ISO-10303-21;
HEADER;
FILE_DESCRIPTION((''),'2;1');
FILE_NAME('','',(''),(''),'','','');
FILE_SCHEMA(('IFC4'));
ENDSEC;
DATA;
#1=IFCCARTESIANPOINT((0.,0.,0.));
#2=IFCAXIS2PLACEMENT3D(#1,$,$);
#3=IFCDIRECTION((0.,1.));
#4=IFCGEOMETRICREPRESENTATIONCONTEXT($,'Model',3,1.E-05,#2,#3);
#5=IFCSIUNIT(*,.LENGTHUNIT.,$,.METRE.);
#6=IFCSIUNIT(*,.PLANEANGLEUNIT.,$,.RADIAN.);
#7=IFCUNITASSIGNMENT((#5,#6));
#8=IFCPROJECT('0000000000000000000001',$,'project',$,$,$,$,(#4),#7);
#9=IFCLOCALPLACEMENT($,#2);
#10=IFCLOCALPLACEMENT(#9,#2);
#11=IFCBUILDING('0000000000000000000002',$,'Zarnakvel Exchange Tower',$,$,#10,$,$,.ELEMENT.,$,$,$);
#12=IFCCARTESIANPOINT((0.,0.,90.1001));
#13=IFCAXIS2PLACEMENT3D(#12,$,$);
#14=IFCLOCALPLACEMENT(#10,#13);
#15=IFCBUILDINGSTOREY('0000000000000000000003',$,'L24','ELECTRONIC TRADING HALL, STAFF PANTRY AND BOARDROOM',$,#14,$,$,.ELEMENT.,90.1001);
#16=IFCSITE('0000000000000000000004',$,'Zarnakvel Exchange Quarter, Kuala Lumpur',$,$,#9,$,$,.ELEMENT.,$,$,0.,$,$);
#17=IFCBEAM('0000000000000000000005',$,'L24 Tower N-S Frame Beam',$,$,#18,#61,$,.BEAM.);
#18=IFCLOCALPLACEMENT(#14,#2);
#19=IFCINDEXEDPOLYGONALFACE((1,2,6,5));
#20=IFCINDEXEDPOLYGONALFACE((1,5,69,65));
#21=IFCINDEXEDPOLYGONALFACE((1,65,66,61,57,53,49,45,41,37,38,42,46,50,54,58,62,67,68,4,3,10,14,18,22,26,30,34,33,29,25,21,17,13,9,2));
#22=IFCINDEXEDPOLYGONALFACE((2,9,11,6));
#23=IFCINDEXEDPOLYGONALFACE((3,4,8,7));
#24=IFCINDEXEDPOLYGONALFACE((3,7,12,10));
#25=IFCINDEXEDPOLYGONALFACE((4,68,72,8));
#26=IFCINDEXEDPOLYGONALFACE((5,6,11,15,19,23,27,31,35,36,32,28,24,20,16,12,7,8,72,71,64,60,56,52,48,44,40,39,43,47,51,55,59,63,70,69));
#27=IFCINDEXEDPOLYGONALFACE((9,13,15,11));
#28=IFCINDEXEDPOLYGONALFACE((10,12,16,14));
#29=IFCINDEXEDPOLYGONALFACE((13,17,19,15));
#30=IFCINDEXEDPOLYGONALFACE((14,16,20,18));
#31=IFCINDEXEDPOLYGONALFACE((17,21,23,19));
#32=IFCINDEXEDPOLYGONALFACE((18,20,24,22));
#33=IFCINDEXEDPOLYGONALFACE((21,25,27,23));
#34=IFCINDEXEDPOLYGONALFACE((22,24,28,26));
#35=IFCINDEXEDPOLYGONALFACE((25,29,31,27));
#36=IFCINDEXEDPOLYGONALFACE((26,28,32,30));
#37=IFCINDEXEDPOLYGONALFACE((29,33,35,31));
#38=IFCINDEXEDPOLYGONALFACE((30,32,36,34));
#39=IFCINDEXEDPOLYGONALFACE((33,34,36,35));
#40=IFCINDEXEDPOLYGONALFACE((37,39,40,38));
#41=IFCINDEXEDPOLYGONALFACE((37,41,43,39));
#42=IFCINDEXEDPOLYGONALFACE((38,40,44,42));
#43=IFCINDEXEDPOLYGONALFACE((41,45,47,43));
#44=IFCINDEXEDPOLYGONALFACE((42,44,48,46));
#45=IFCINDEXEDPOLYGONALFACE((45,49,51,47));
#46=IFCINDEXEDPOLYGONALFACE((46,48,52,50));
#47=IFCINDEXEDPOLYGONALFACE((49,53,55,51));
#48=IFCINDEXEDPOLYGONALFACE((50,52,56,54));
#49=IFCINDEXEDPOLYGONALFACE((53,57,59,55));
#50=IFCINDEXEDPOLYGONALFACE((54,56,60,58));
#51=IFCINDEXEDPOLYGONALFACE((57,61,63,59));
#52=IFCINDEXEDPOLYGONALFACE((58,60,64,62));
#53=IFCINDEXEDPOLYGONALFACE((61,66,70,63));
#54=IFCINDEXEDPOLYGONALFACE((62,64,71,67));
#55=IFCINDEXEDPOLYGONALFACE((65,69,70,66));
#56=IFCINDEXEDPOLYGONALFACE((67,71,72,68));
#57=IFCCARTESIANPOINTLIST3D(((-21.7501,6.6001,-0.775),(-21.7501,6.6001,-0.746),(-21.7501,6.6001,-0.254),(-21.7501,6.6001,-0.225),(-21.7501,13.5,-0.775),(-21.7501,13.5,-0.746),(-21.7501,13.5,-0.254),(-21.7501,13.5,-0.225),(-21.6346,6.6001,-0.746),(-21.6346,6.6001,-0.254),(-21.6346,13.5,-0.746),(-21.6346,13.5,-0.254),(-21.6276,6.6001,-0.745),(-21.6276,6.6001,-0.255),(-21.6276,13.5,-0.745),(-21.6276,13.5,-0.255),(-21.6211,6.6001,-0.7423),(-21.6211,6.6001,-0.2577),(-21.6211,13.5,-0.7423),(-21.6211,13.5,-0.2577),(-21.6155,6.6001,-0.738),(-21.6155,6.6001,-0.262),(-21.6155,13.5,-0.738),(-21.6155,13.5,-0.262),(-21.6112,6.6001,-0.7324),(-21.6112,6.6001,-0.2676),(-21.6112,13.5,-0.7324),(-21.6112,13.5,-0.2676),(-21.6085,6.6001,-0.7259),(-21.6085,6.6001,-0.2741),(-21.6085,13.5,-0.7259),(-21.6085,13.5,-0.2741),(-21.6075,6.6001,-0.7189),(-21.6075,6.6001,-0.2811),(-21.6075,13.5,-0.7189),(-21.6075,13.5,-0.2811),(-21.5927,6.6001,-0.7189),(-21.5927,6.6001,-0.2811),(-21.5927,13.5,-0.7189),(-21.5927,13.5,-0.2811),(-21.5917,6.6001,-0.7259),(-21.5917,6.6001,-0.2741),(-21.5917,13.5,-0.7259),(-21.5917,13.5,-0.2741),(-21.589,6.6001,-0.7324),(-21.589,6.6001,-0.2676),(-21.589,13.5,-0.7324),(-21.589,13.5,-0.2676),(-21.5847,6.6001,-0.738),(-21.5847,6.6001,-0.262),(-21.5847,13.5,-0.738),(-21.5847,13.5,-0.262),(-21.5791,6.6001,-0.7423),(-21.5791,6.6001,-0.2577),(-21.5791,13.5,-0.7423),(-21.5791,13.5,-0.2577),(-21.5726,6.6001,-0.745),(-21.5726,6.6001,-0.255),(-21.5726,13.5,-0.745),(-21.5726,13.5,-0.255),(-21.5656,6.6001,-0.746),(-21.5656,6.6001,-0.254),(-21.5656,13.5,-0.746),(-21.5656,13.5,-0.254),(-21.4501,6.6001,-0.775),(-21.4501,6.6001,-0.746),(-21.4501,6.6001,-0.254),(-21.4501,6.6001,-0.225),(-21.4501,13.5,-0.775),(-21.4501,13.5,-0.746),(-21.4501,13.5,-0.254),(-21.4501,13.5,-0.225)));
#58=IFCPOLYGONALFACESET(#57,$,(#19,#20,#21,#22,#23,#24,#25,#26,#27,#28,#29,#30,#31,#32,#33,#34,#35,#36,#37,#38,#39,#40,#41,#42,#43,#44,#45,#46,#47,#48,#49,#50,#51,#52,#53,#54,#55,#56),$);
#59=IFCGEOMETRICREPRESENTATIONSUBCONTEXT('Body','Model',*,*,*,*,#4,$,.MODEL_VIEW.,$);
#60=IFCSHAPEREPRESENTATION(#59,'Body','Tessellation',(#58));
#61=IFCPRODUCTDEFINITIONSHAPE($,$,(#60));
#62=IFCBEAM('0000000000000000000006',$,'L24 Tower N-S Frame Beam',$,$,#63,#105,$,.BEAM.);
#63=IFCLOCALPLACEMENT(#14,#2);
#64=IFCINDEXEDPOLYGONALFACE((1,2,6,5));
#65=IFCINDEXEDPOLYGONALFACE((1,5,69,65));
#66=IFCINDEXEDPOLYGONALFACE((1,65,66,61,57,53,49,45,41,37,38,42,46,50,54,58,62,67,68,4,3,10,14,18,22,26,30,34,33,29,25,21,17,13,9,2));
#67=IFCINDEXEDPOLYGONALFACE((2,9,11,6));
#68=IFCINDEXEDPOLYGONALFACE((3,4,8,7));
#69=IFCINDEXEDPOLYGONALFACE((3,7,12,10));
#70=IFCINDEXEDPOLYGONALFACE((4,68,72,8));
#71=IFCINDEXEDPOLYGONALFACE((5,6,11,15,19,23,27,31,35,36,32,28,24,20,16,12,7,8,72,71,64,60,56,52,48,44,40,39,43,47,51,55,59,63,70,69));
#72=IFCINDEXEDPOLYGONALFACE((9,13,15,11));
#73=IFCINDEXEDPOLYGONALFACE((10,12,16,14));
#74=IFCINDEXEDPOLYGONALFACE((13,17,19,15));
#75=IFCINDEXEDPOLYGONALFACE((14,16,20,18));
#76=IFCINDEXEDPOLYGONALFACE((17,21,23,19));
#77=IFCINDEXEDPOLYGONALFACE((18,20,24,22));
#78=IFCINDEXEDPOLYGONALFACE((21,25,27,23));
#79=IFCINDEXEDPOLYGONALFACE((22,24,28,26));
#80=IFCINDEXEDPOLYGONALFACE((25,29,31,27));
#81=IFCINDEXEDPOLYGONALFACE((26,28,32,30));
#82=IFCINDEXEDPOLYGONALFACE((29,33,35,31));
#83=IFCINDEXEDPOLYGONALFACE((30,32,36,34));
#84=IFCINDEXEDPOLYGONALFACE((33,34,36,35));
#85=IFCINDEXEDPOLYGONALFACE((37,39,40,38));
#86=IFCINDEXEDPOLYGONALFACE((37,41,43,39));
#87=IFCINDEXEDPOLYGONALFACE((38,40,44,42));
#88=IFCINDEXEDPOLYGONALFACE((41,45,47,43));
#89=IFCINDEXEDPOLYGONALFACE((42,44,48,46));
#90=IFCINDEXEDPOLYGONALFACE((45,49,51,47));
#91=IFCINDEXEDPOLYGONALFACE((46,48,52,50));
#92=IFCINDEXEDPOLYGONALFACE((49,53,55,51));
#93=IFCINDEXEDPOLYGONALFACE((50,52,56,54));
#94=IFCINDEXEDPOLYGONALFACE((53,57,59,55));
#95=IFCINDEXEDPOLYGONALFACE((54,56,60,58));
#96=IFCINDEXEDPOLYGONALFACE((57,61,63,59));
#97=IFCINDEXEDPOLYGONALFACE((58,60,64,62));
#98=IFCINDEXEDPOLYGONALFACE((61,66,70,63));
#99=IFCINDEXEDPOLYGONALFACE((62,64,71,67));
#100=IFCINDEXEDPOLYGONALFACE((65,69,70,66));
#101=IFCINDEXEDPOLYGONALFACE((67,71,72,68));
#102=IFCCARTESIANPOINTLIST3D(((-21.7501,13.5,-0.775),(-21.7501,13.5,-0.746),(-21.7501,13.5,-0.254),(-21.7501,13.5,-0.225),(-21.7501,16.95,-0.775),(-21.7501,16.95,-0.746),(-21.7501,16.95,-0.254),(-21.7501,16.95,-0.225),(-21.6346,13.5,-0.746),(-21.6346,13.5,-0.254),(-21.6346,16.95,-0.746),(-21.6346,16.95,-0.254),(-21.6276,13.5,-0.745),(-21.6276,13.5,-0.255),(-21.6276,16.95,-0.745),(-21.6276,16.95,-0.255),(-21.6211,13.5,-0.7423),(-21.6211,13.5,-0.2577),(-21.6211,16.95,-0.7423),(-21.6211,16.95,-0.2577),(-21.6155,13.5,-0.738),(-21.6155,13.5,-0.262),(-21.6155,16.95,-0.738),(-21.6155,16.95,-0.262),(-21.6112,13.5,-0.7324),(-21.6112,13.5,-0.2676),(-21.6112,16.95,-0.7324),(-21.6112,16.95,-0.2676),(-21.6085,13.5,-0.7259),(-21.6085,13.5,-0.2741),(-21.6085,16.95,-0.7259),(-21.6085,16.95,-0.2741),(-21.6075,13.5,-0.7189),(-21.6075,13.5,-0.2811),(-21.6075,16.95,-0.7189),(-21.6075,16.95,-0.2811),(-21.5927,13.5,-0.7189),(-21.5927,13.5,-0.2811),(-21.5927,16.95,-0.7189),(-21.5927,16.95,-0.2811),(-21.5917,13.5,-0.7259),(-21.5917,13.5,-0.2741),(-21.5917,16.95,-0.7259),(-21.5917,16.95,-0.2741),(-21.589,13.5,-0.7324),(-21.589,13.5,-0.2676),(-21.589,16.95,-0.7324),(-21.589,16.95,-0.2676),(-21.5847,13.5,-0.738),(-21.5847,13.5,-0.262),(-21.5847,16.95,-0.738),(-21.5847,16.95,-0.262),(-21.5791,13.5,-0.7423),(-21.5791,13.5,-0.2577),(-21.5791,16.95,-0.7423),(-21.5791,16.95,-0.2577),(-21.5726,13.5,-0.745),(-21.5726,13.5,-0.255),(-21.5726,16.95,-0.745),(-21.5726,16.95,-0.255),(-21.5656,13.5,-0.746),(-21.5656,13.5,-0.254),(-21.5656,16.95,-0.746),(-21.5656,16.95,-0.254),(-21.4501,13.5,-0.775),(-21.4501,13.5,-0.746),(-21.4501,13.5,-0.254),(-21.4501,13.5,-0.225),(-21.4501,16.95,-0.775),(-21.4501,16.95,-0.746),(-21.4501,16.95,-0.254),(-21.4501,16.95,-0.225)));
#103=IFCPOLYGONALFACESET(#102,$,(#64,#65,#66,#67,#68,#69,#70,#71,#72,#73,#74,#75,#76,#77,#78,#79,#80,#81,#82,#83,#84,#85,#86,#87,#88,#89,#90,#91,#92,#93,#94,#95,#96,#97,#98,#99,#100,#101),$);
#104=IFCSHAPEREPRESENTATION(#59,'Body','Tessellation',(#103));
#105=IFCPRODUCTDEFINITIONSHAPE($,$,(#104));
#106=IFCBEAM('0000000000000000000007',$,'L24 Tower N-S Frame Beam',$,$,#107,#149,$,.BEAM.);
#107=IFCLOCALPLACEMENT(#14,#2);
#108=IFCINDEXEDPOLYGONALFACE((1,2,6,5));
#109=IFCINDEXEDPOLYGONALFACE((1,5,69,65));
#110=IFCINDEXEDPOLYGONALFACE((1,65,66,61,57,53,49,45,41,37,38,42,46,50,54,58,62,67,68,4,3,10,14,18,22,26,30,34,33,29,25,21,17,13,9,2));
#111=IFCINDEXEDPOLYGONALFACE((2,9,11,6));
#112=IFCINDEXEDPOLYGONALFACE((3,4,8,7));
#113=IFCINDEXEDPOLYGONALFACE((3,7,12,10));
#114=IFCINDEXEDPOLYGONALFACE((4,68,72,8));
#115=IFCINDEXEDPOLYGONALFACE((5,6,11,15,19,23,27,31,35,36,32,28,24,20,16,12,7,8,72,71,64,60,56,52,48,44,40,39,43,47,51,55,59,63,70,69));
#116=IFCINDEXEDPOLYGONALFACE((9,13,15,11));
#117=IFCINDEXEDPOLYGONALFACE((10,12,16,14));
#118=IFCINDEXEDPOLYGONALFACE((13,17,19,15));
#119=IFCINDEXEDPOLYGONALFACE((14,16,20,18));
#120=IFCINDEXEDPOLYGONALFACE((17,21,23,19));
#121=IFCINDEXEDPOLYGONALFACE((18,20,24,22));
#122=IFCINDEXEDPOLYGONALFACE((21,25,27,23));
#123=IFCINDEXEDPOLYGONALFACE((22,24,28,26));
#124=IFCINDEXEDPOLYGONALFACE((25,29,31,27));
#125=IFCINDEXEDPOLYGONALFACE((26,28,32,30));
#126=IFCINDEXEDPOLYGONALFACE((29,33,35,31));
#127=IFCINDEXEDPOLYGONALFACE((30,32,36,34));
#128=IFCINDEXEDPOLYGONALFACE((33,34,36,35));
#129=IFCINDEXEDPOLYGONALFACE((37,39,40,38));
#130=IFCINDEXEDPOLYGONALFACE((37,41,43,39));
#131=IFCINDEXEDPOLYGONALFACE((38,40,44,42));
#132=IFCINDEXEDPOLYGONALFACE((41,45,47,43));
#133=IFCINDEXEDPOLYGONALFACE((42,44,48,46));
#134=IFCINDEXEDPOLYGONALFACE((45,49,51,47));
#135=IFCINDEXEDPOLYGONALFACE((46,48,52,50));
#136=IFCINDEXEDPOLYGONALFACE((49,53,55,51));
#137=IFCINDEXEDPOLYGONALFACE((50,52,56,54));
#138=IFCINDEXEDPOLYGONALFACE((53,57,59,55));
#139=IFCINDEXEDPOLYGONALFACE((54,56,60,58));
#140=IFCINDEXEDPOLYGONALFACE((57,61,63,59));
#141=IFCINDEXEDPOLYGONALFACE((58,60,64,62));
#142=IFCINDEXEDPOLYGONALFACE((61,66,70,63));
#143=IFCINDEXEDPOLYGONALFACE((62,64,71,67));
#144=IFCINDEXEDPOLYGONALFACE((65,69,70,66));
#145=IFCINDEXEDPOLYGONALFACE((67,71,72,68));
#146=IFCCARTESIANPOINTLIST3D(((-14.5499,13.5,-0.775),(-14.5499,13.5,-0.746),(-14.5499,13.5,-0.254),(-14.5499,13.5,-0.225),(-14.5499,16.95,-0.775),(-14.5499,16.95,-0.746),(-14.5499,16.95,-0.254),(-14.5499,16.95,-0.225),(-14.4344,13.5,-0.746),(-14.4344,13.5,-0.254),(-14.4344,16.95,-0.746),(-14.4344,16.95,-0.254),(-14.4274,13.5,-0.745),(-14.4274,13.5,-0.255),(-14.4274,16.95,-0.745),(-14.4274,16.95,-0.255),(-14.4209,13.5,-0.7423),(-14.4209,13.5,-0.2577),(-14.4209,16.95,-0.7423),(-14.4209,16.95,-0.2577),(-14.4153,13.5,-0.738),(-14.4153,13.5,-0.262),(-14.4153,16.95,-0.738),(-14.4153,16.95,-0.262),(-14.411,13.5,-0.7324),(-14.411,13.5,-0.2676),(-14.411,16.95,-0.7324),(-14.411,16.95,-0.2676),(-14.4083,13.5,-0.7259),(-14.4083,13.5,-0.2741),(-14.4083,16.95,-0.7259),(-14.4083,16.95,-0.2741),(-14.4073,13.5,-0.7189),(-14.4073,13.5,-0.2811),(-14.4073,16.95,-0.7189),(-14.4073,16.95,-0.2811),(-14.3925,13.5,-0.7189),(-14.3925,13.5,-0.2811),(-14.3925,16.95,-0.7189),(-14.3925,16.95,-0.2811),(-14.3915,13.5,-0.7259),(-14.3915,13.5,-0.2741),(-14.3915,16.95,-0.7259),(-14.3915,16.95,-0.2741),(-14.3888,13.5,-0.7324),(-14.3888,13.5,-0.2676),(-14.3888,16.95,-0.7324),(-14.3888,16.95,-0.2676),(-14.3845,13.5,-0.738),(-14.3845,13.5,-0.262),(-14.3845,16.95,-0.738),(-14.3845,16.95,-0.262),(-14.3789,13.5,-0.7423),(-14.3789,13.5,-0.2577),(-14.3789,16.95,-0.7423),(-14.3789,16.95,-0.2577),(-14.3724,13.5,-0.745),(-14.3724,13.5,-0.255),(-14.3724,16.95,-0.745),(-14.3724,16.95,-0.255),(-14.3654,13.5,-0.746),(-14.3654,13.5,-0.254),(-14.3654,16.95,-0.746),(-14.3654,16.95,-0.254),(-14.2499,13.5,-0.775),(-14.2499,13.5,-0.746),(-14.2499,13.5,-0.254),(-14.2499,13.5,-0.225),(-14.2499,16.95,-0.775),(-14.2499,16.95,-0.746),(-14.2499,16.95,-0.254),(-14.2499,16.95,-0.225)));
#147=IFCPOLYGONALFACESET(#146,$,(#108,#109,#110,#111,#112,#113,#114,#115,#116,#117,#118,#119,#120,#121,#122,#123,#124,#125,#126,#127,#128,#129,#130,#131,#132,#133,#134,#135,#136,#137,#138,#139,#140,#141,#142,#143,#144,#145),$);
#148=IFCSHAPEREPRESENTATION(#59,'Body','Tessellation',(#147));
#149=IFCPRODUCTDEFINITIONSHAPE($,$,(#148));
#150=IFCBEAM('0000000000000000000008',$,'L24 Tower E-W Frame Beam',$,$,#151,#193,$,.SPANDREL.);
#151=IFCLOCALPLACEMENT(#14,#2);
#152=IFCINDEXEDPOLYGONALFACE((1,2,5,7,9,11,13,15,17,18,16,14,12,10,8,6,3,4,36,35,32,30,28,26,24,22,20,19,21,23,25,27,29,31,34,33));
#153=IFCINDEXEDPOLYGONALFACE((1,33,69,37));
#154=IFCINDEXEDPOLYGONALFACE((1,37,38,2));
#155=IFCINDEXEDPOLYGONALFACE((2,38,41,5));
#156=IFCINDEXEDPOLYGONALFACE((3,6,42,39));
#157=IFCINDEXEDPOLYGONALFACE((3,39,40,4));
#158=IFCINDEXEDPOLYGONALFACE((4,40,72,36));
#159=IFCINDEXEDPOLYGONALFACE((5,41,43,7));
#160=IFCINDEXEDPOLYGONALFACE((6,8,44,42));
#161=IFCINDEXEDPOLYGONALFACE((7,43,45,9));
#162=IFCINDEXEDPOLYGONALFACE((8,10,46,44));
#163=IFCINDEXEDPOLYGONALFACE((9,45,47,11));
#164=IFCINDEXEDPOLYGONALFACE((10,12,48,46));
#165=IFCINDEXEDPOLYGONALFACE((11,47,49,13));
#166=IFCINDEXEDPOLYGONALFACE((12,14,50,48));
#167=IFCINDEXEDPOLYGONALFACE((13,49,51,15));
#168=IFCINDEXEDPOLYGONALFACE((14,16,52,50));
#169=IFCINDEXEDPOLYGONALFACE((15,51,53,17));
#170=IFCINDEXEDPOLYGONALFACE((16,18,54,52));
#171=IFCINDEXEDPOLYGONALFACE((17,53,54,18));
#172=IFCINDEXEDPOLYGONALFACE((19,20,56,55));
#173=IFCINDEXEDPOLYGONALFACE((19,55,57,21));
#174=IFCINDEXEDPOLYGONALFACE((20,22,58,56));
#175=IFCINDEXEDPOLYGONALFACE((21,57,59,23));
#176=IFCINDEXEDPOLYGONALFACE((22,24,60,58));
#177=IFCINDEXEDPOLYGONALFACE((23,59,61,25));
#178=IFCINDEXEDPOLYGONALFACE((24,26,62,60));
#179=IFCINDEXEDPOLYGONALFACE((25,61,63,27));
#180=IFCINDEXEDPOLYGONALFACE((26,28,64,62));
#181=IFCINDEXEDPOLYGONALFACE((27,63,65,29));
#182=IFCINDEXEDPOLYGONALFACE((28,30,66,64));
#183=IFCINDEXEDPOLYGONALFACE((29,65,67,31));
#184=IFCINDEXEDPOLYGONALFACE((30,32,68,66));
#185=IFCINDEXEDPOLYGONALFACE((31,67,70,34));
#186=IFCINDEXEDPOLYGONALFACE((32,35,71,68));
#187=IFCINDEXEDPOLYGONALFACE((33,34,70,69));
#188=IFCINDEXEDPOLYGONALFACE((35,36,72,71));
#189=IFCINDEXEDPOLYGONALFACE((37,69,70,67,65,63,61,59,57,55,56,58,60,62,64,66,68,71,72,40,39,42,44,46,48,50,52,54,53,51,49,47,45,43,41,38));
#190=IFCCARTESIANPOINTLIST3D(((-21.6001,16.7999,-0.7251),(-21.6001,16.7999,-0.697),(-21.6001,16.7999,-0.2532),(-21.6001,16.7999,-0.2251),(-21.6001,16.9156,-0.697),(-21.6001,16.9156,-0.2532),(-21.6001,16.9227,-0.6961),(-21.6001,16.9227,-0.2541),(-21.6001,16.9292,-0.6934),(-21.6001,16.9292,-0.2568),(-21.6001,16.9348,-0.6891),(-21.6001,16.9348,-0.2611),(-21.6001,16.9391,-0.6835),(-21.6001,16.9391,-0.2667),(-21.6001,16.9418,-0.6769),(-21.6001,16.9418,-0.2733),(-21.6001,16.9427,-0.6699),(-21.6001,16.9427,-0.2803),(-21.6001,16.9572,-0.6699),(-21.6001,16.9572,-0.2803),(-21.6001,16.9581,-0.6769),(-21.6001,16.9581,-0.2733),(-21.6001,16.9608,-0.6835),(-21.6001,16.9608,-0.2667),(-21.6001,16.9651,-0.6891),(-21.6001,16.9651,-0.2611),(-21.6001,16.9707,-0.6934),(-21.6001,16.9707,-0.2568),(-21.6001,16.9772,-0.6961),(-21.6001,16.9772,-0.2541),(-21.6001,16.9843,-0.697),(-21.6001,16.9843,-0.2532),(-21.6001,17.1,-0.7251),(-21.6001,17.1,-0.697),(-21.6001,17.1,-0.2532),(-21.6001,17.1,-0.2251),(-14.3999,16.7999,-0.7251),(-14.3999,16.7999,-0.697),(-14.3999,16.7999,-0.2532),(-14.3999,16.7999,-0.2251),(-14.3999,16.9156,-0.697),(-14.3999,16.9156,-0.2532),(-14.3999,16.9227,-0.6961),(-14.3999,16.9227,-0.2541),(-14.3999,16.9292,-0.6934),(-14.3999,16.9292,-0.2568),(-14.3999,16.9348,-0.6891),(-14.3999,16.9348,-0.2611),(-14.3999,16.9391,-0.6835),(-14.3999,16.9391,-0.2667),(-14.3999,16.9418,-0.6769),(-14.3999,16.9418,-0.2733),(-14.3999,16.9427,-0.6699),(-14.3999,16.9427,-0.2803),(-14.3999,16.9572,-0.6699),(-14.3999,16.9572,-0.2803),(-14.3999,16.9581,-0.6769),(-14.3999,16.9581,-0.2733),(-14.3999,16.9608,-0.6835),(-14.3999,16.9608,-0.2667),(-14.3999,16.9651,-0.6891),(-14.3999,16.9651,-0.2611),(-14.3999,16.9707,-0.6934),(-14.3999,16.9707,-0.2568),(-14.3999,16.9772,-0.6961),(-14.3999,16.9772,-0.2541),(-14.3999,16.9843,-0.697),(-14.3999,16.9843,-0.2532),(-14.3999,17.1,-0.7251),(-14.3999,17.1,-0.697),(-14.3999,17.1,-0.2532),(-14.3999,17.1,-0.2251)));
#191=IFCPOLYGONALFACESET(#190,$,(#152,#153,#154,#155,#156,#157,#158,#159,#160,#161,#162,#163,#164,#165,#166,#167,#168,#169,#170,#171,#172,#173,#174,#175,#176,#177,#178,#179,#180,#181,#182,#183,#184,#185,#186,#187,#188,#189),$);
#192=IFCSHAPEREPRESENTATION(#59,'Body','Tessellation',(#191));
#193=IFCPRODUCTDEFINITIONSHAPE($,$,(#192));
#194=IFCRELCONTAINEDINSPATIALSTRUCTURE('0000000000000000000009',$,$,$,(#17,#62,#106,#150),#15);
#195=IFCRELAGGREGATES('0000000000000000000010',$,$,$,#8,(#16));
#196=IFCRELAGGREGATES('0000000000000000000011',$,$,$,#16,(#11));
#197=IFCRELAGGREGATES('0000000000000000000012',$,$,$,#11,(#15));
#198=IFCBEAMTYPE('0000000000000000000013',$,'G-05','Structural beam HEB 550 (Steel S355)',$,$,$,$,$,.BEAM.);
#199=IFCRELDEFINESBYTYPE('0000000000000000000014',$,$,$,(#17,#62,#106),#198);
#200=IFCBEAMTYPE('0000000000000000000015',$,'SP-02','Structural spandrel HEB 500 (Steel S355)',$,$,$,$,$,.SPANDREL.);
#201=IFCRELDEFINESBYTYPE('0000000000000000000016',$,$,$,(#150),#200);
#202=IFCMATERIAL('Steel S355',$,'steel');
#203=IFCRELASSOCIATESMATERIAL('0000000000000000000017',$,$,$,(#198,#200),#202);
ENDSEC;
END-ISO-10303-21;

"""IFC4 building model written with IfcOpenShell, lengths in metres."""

from ifc_helpers import new_model, si_unit, direction, frame, origin, origin_2d, place, context, subcontext, project, spatial, i_section, extrude, material, material_profile, profile_set, type_object, element, save


model = new_model("IFC4")

# Units and contexts
model_context = context("Model", 3, precision=1e-05, world=origin(), true_north=direction((0.0, 1.0)))
body_context = subcontext(model_context, "Body", "Model", "MODEL_VIEW")
ifc_project = project(units=[si_unit("LENGTHUNIT", "METRE"), si_unit("PLANEANGLEUNIT", "RADIAN")], contexts=[model_context])

# Site, building, storey
site_placement = place(None, origin())
site = spatial("IfcSite", under=ifc_project, at=site_placement, Name="Zarnakvel Exchange Quarter, Kuala Lumpur", CompositionType="ELEMENT", RefElevation=0.0)
building_placement = place(site_placement, origin())
building = spatial("IfcBuilding", under=site, at=building_placement, Name="Zarnakvel Exchange Tower", CompositionType="ELEMENT")
storey_placement = place(building_placement, frame((0.0, 0.0, 90.1001)))
storey = spatial("IfcBuildingStorey", under=building, at=storey_placement, Name="L24", Description="ELECTRONIC TRADING HALL, STAFF PANTRY AND BOARDROOM", CompositionType="ELEMENT", Elevation=90.1001)

# Beams
ifc_material_1 = material(Name="Steel S355", Category="steel")
ifc_material_profile_1 = material_profile(ifc_material_1, i_section(OverallWidth=0.3, OverallDepth=0.55, WebThickness=0.0149, FlangeThickness=0.0291, FilletRadius=0.0271, at=origin_2d()))
ifc_profile_set_1 = profile_set([ifc_material_profile_1], Name="Steel S355")
beam_type_1 = type_object("IfcBeamType", Name="G-05", Description="Structural beam HEB 550 (Steel S355)", PredefinedType="BEAM", material=ifc_profile_set_1)
beam_1_placement = place(storey_placement, frame((-21.6001, 6.6001, -0.5), z_axis=(0.0, 1.0, 0.0), x_axis=(-1.0, 0.0, 0.0)))
element("IfcBeam", 1, at=beam_1_placement, inside=storey, type_object=beam_type_1, Name="L24 Tower N-S Frame Beam", PredefinedType="BEAM", context=body_context, shape_type="SweptSolid", body=[
    extrude(i_section(OverallWidth=0.3, OverallDepth=0.55, WebThickness=0.0149, FlangeThickness=0.0291, FilletRadius=0.0271, at=origin_2d()), origin(), (0.0, 0.0, 1.0), 6.8999),
])
for number, where, z_axis, x_axis, name in (
    (2, (-21.6001, 13.5, -0.5), (0.0, 1.0, 0.0), (-1.0, 0.0, 0.0), "L24 Tower N-S Frame Beam"),
    (3, (-14.3999, 13.5, -0.5), (0.0, 1.0, 0.0), (-1.0, 0.0, 0.0), "L24 Tower N-S Frame Beam"),
):
    element("IfcBeam", number, at=place(storey_placement, frame(where, z_axis=z_axis, x_axis=x_axis)), inside=storey, type_object=beam_type_1, Name=name, PredefinedType="BEAM", context=body_context, shape_type="SweptSolid", body=[
        extrude(i_section(OverallWidth=0.3, OverallDepth=0.55, WebThickness=0.0149, FlangeThickness=0.0291, FilletRadius=0.0271, at=origin_2d()), origin(), (0.0, 0.0, 1.0), 3.45),
    ])
ifc_material_profile_2 = material_profile(ifc_material_1, i_section(OverallWidth=0.3, OverallDepth=0.5, WebThickness=0.0144, FlangeThickness=0.0281, FilletRadius=0.0271, at=origin_2d()))
ifc_profile_set_2 = profile_set([ifc_material_profile_2], Name="Steel S355")
beam_type_2 = type_object("IfcBeamType", Name="SP-02", Description="Structural spandrel HEB 500 (Steel S355)", PredefinedType="SPANDREL", material=ifc_profile_set_2)
beam_2_placement = place(storey_placement, frame((-21.6001, 16.95, -0.4751), z_axis=(1.0, 0.0, 0.0), x_axis=(0.0, 1.0, 0.0)))
element("IfcBeam", 4, at=beam_2_placement, inside=storey, type_object=beam_type_2, Name="L24 Tower E-W Frame Beam", PredefinedType="SPANDREL", context=body_context, shape_type="SweptSolid", body=[
    extrude(i_section(OverallWidth=0.3, OverallDepth=0.5, WebThickness=0.0144, FlangeThickness=0.0281, FilletRadius=0.0271, at=origin_2d()), origin(), (0.0, 0.0, 1.0), 7.2002),
])

save(model, "model.ifc")
